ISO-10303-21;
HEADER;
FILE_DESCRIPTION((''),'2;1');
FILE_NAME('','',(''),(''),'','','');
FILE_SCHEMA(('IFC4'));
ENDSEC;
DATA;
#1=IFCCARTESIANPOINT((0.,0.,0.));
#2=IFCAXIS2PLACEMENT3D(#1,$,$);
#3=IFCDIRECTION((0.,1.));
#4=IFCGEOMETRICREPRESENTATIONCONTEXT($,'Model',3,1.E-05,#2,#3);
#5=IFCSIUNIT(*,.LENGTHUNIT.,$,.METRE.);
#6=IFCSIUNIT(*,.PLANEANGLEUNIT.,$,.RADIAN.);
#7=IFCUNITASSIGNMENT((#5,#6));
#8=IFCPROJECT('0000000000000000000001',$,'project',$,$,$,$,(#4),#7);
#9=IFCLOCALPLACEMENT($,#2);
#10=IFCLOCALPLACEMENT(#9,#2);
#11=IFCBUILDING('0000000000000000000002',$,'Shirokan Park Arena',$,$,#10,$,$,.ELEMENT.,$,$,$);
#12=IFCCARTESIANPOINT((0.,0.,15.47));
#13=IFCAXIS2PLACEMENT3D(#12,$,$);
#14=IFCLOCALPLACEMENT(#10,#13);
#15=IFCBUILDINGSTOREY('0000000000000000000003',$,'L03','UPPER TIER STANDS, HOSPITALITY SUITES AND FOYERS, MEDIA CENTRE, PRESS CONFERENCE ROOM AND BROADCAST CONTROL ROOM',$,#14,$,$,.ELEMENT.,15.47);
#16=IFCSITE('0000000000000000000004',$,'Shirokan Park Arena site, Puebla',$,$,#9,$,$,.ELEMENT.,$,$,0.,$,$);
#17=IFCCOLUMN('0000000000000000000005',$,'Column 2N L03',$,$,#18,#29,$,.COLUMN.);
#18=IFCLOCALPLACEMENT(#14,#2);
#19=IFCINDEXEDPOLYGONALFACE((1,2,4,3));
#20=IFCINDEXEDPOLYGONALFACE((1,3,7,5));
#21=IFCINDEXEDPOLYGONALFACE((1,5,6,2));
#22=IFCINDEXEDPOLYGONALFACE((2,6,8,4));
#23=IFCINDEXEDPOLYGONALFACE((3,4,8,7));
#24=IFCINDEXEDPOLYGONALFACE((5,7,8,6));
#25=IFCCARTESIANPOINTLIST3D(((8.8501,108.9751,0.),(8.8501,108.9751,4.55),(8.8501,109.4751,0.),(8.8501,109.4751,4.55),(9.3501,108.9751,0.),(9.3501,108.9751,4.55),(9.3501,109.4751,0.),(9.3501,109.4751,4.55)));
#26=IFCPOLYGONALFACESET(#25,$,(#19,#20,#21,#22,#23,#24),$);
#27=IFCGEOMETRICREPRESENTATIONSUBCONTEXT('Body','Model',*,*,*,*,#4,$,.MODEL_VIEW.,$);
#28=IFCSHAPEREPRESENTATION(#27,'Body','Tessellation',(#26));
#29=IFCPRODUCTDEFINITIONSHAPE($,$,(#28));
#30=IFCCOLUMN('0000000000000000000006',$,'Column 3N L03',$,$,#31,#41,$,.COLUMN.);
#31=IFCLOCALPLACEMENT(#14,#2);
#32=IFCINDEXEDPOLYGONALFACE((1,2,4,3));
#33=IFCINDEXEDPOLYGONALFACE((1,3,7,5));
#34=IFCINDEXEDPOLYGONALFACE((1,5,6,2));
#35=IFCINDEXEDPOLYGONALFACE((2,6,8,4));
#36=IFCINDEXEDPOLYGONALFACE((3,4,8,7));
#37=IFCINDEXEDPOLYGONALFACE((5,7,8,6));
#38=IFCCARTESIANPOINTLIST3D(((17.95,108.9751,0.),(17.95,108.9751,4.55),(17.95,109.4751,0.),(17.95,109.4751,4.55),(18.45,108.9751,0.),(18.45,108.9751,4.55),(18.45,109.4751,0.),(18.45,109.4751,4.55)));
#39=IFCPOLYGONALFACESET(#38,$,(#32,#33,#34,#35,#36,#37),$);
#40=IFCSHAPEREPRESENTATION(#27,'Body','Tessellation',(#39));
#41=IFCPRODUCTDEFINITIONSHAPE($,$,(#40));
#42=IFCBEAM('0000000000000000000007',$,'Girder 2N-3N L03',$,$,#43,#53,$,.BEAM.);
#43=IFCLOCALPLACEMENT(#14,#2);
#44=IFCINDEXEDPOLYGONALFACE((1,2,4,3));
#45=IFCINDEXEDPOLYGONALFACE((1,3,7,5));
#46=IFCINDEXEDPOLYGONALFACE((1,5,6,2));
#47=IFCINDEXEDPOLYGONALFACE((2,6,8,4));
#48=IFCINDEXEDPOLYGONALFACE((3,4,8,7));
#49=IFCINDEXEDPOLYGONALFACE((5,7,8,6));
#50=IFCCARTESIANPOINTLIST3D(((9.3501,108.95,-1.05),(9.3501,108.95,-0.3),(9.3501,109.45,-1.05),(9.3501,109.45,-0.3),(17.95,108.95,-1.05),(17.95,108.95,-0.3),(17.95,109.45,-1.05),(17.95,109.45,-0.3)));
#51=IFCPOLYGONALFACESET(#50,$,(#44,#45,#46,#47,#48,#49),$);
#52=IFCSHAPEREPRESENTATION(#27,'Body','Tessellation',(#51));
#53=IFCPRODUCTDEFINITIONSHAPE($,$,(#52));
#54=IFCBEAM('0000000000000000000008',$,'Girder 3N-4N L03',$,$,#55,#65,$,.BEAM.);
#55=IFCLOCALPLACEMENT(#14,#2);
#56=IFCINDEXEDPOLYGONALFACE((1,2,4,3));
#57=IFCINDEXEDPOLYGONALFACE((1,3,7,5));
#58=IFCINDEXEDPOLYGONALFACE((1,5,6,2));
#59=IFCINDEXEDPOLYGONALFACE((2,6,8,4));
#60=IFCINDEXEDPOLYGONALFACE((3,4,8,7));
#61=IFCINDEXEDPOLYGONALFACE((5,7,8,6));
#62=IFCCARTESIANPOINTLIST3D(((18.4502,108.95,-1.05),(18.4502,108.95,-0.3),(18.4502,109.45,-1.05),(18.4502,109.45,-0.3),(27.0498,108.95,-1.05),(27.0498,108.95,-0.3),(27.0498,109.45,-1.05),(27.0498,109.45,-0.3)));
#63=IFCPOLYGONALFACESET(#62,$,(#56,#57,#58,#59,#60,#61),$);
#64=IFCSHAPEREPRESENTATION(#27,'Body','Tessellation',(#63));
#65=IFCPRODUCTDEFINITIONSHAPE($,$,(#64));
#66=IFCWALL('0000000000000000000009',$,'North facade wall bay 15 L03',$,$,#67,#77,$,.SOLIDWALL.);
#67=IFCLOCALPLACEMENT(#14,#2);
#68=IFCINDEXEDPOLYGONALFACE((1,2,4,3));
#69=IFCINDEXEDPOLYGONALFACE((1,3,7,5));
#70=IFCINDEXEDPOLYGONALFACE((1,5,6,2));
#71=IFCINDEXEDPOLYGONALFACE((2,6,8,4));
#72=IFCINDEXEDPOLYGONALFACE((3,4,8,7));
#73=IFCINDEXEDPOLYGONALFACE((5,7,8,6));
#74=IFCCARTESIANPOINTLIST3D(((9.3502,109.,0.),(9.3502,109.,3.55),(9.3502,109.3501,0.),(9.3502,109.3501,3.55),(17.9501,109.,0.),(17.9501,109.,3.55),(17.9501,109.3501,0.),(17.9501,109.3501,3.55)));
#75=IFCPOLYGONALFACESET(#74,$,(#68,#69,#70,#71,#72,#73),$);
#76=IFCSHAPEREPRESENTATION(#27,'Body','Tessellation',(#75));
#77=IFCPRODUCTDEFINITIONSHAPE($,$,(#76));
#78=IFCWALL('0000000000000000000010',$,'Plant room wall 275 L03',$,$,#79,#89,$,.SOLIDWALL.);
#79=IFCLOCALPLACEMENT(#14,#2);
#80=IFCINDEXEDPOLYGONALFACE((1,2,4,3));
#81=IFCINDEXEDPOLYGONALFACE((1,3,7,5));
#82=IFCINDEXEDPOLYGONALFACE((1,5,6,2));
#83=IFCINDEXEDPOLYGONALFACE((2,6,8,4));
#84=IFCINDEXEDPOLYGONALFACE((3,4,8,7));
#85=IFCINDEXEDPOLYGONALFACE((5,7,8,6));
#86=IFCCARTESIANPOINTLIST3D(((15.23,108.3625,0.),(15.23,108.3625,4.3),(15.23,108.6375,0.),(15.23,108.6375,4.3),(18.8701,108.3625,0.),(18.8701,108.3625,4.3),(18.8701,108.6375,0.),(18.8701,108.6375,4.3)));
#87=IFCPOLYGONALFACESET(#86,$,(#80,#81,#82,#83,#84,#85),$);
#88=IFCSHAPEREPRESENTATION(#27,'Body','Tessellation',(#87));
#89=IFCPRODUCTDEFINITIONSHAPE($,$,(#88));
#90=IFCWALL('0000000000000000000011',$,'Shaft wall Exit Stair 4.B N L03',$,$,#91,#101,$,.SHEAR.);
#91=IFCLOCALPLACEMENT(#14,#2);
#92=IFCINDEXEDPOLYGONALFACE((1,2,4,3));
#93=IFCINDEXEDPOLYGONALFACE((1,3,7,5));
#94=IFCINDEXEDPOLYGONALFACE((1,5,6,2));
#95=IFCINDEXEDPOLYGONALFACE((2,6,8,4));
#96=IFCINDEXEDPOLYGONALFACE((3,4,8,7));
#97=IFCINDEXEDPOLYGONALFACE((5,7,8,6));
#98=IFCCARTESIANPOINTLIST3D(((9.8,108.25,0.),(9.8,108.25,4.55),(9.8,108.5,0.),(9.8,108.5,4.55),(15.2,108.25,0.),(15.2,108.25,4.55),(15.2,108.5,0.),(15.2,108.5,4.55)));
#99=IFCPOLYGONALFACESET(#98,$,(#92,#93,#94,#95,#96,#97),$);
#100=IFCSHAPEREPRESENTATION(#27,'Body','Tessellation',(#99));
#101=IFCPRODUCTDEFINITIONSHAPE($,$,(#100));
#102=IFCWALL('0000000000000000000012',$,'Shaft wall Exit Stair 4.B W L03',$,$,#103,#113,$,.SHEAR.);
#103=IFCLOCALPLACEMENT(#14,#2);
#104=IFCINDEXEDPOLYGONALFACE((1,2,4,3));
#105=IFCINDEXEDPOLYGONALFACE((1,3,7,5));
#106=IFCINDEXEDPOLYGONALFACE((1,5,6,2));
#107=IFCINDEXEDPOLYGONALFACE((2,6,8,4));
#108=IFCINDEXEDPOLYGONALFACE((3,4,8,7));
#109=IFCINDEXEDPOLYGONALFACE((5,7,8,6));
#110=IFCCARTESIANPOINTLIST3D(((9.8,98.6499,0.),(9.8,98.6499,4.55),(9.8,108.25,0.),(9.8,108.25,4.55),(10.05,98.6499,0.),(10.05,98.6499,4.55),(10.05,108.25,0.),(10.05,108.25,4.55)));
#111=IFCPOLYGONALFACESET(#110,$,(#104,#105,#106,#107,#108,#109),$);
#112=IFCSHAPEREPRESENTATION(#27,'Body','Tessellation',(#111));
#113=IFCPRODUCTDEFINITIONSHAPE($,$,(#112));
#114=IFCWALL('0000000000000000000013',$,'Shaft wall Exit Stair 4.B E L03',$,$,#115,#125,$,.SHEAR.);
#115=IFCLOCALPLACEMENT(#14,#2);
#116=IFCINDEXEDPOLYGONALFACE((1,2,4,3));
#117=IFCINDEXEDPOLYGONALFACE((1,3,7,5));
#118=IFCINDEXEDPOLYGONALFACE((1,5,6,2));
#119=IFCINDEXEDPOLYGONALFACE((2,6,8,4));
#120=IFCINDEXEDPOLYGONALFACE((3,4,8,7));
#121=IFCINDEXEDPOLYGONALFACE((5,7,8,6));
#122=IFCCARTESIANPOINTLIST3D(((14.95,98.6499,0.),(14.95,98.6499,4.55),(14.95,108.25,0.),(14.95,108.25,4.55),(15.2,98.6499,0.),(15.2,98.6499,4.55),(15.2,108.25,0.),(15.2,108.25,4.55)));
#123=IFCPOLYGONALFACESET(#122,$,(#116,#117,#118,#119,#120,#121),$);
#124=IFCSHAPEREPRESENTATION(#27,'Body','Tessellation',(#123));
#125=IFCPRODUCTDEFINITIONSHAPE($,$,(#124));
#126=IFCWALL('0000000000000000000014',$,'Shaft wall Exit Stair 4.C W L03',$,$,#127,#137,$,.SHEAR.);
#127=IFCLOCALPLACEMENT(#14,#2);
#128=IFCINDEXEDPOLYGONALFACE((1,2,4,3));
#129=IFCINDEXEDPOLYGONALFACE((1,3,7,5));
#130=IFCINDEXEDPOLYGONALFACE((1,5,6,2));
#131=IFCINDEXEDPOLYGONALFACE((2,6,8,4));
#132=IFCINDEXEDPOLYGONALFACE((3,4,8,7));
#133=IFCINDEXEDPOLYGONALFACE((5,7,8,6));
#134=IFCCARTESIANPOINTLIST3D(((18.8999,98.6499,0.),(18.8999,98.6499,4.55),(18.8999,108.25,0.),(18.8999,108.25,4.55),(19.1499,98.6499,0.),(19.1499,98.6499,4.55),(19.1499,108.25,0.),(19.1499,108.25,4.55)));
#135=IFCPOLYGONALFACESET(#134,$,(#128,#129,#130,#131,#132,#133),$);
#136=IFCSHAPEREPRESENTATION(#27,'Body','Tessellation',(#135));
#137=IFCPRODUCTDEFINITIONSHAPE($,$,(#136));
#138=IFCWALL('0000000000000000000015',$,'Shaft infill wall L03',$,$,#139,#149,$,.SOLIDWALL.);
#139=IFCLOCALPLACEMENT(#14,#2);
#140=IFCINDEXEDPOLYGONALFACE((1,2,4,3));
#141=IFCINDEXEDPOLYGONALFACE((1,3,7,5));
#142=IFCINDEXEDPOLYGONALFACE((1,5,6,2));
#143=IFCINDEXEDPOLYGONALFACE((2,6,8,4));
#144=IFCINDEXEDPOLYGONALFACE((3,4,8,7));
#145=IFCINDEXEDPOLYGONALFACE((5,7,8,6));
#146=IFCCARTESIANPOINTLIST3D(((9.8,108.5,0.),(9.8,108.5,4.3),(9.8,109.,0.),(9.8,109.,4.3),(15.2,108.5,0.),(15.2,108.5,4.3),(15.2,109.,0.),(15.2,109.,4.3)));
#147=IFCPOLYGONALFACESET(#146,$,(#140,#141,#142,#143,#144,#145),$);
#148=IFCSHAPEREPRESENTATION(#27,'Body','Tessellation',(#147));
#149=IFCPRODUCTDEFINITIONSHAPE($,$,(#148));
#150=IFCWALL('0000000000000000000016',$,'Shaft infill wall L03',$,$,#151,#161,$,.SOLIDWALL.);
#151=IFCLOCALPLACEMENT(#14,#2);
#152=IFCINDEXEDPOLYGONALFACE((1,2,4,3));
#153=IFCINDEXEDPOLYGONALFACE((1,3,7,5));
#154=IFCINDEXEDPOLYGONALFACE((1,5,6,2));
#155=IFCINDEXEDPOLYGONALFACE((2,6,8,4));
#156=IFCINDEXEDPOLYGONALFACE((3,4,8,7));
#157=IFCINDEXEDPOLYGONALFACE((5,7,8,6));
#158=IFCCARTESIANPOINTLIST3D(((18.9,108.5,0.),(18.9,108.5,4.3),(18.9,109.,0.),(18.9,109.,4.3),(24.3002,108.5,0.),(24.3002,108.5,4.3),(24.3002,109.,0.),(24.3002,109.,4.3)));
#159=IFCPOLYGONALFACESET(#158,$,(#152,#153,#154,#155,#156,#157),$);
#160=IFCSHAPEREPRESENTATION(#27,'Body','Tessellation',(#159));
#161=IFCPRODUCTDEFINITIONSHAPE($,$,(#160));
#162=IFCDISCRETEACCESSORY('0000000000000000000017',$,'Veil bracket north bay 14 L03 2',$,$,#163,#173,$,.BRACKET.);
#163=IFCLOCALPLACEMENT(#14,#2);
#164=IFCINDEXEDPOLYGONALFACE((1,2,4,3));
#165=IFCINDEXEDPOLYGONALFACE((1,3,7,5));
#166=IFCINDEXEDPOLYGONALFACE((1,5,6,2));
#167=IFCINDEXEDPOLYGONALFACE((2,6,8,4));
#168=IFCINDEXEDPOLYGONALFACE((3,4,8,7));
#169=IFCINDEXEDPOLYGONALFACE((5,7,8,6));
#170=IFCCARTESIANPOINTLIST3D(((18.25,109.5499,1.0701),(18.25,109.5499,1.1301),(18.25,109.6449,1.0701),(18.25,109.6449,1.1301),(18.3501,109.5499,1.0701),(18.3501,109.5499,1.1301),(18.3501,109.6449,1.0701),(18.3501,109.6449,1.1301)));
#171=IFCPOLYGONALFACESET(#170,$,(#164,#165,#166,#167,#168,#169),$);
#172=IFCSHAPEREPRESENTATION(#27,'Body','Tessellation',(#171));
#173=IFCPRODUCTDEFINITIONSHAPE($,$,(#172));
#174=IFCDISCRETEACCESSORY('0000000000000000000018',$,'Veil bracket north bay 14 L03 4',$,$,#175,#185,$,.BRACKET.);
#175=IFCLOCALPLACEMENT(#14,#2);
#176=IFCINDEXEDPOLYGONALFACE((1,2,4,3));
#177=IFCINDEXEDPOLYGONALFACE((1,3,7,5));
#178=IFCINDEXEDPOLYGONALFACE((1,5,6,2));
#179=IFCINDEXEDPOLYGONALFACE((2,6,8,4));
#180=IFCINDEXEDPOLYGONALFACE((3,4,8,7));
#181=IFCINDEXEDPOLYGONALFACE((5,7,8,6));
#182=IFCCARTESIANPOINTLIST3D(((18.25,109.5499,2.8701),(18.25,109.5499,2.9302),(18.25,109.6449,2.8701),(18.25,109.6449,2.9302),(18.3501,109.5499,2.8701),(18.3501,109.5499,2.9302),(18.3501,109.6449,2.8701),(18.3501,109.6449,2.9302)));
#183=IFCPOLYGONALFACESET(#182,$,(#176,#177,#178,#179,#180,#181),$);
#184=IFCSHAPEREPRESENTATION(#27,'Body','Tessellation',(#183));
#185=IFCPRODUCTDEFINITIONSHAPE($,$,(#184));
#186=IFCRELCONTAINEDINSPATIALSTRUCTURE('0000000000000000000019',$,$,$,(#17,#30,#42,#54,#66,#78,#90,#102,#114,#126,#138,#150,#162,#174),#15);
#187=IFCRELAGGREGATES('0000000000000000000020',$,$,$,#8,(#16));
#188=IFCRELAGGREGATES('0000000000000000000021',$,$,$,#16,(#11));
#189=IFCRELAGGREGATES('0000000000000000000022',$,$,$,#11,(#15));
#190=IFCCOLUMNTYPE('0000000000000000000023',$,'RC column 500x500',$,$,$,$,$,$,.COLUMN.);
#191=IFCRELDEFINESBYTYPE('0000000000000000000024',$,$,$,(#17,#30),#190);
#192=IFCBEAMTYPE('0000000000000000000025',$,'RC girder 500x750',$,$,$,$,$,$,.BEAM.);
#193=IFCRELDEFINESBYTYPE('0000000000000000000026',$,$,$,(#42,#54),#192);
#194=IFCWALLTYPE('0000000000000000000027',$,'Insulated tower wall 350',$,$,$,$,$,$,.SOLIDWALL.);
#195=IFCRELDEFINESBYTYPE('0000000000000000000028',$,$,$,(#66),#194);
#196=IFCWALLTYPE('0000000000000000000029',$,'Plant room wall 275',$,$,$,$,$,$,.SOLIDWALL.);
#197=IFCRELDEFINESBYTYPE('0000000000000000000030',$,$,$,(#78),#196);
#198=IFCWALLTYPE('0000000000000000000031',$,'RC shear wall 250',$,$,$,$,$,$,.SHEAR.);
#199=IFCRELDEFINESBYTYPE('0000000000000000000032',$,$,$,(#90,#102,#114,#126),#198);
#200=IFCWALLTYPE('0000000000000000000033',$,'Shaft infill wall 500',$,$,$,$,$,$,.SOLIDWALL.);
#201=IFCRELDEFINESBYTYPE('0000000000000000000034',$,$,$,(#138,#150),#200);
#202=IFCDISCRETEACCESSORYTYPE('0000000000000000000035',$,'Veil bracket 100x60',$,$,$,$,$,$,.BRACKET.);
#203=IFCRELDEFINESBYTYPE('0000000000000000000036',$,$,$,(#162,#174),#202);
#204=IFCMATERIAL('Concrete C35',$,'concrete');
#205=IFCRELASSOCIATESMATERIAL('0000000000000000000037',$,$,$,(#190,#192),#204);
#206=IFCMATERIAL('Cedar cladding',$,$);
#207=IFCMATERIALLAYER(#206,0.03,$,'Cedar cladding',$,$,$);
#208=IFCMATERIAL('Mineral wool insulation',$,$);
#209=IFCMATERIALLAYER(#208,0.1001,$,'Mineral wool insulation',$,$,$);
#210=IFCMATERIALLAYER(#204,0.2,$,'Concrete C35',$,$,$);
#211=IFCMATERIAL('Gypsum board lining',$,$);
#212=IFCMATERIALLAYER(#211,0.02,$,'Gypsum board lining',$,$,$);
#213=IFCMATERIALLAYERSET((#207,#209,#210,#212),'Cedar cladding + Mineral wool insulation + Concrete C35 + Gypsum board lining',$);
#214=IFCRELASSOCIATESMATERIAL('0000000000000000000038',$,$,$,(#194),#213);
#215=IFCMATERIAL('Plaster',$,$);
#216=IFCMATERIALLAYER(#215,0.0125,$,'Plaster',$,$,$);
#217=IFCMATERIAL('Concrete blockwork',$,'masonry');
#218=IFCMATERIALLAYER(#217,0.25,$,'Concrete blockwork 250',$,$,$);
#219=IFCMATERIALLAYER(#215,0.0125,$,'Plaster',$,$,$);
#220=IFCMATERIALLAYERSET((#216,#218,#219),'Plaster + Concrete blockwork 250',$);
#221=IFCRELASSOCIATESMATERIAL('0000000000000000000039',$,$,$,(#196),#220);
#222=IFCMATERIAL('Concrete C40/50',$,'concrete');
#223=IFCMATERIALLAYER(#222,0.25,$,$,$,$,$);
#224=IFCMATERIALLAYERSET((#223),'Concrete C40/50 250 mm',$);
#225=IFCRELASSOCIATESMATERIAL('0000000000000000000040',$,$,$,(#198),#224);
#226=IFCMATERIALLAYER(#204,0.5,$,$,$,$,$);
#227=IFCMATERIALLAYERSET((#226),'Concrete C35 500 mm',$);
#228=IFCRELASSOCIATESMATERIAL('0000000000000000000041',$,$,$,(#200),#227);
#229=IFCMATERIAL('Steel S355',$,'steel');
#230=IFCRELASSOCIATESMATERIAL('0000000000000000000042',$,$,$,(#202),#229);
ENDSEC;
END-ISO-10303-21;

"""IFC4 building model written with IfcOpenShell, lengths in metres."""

from ifc_helpers import new_model, si_unit, direction, frame, frame_2d, origin, origin_2d, place, context, subcontext, project, spatial, rectangle, extrude, material, layer, layer_set, material_profile, profile_set, type_object, element, save


model = new_model("IFC4")

# Units and contexts
model_context = context("Model", 3, precision=1e-05, world=origin(), true_north=direction((0.0, 1.0)))
body_context = subcontext(model_context, "Body", "Model", "MODEL_VIEW")
ifc_project = project(units=[si_unit("LENGTHUNIT", "METRE"), si_unit("PLANEANGLEUNIT", "RADIAN")], contexts=[model_context])

# Site, building, storey
site_placement = place(None, origin())
site = spatial("IfcSite", under=ifc_project, at=site_placement, Name="Shirokan Park Arena site, Puebla", CompositionType="ELEMENT", RefElevation=0.0)
building_placement = place(site_placement, origin())
building = spatial("IfcBuilding", under=site, at=building_placement, Name="Shirokan Park Arena", CompositionType="ELEMENT")
storey_placement = place(building_placement, frame((0.0, 0.0, 15.47)))
storey = spatial("IfcBuildingStorey", under=building, at=storey_placement, Name="L03", Description="UPPER TIER STANDS, HOSPITALITY SUITES AND FOYERS, MEDIA CENTRE, PRESS CONFERENCE ROOM AND BROADCAST CONTROL ROOM", CompositionType="ELEMENT", Elevation=15.47)

# Columns
ifc_material_1 = material(Name="Concrete C35", Category="concrete")
ifc_material_profile_1 = material_profile(ifc_material_1, rectangle(XDim=0.5, YDim=0.5, at=origin_2d()), Name="500x500")
ifc_profile_set_1 = profile_set([ifc_material_profile_1], Name="Concrete C35")
column_type = type_object("IfcColumnType", Name="RC column 500x500", PredefinedType="COLUMN", material=ifc_profile_set_1)
for number, where, z_axis, x_axis, name in (
    (1, (9.1001, 109.2251, 0.0), (0.0, 0.0, 1.0), (1.0, 0.0, 0.0), "Column 2N L03"),
    (2, (18.2, 109.2251, 0.0), (0.0, 0.0, 1.0), (1.0, 0.0, 0.0), "Column 3N L03"),
):
    element("IfcColumn", number, at=place(storey_placement, frame(where, z_axis=z_axis, x_axis=x_axis)), inside=storey, type_object=column_type, Name=name, PredefinedType="COLUMN", context=body_context, shape_type="SweptSolid", body=[
        extrude(rectangle(XDim=0.5, YDim=0.5, at=origin_2d()), origin(), (0.0, 0.0, 1.0), 4.55),
    ])

# Beams
ifc_material_profile_2 = material_profile(ifc_material_1, rectangle(XDim=0.5, YDim=0.75, at=origin_2d()), Name="500x750")
ifc_profile_set_2 = profile_set([ifc_material_profile_2], Name="Concrete C35")
beam_type = type_object("IfcBeamType", Name="RC girder 500x750", PredefinedType="BEAM", material=ifc_profile_set_2)
beam_1_placement = place(storey_placement, frame((9.3501, 109.2, -0.675), z_axis=(1.0, 0.0, 0.0), x_axis=(0.0, 1.0, 0.0)))
element("IfcBeam", 3, at=beam_1_placement, inside=storey, type_object=beam_type, Name="Girder 2N-3N L03", PredefinedType="BEAM", context=body_context, shape_type="SweptSolid", body=[
    extrude(rectangle(XDim=0.5, YDim=0.75, at=origin_2d()), origin(), (0.0, 0.0, 1.0), 8.5999),
])
beam_2_placement = place(storey_placement, frame((18.4502, 109.2, -0.675), z_axis=(1.0, 0.0, 0.0), x_axis=(0.0, 1.0, 0.0)))
element("IfcBeam", 4, at=beam_2_placement, inside=storey, type_object=beam_type, Name="Girder 3N-4N L03", PredefinedType="BEAM", context=body_context, shape_type="SweptSolid", body=[
    extrude(rectangle(XDim=0.5, YDim=0.75, at=origin_2d()), origin(), (0.0, 0.0, 1.0), 8.5996),
])

# Walls
ifc_material_2 = material(Name="Cedar cladding")
ifc_layer_1 = layer(ifc_material_2, 0.03, Name="Cedar cladding")
ifc_material_3 = material(Name="Mineral wool insulation")
ifc_layer_2 = layer(ifc_material_3, 0.1001, Name="Mineral wool insulation")
ifc_layer_3 = layer(ifc_material_1, 0.2, Name="Concrete C35")
ifc_material_4 = material(Name="Gypsum board lining")
ifc_layer_4 = layer(ifc_material_4, 0.02, Name="Gypsum board lining")
ifc_layer_set_1 = layer_set([ifc_layer_1, ifc_layer_2, ifc_layer_3, ifc_layer_4], Name="Cedar cladding + Mineral wool insulation + Concrete C35 + Gypsum board lining")
wall_type_1 = type_object("IfcWallType", Name="Insulated tower wall 350", PredefinedType="SOLIDWALL", material=ifc_layer_set_1)
wall_1_placement = place(storey_placement, frame((17.95, 109.175, 0.0), z_axis=(0.0, 0.0, 1.0), x_axis=(-1.0, 0.0, 0.0)))
element("IfcWall", 5, at=wall_1_placement, inside=storey, type_object=wall_type_1, Name="North facade wall bay 15 L03", PredefinedType="SOLIDWALL", context=body_context, shape_type="SweptSolid", body=[
    extrude(rectangle(XDim=8.5999, YDim=0.3501, at=frame_2d((4.2998, 0.0))), origin(), (0.0, 0.0, 1.0), 3.55),
])
ifc_material_5 = material(Name="Plaster")
ifc_layer_5 = layer(ifc_material_5, 0.0125, Name="Plaster")
ifc_material_6 = material(Name="Concrete blockwork", Category="masonry")
ifc_layer_6 = layer(ifc_material_6, 0.25, Name="Concrete blockwork 250")
ifc_layer_7 = layer(ifc_material_5, 0.0125, Name="Plaster")
ifc_layer_set_2 = layer_set([ifc_layer_5, ifc_layer_6, ifc_layer_7], Name="Plaster + Concrete blockwork 250")
wall_type_2 = type_object("IfcWallType", Name="Plant room wall 275", PredefinedType="SOLIDWALL", material=ifc_layer_set_2)
wall_2_placement = place(storey_placement, frame((15.23, 108.5, 0.0), z_axis=(0.0, 0.0, 1.0), x_axis=(1.0, 0.0, 0.0)))
element("IfcWall", 6, at=wall_2_placement, inside=storey, type_object=wall_type_2, Name="Plant room wall 275 L03", PredefinedType="SOLIDWALL", context=body_context, shape_type="SweptSolid", body=[
    extrude(rectangle(XDim=3.6401, YDim=0.2749, at=frame_2d((1.8201, 0.0))), origin(), (0.0, 0.0, 1.0), 4.3),
])
ifc_material_7 = material(Name="Concrete C40/50", Category="concrete")
ifc_layer_8 = layer(ifc_material_7, 0.25)
ifc_layer_set_3 = layer_set([ifc_layer_8], Name="Concrete C40/50 250 mm")
wall_type_3 = type_object("IfcWallType", Name="RC shear wall 250", PredefinedType="SHEAR", material=ifc_layer_set_3)
wall_3_placement = place(storey_placement, frame((15.2, 108.375, 0.0), z_axis=(0.0, 0.0, 1.0), x_axis=(-1.0, 0.0, 0.0)))
element("IfcWall", 7, at=wall_3_placement, inside=storey, type_object=wall_type_3, Name="Shaft wall Exit Stair 4.B N L03", PredefinedType="SHEAR", context=body_context, shape_type="SweptSolid", body=[
    extrude(rectangle(XDim=5.3999, YDim=0.25, at=frame_2d((2.7, 0.0))), origin(), (0.0, 0.0, 1.0), 4.55),
])
for number, where, z_axis, x_axis, name in (
    (8, (9.925, 108.25, 0.0), (0.0, 0.0, 1.0), (0.0, -1.0, 0.0), "Shaft wall Exit Stair 4.B W L03"),
    (9, (15.075, 108.25, 0.0), (0.0, 0.0, 1.0), (0.0, -1.0, 0.0), "Shaft wall Exit Stair 4.B E L03"),
    (10, (19.0249, 108.25, 0.0), (0.0, 0.0, 1.0), (0.0, -1.0, 0.0), "Shaft wall Exit Stair 4.C W L03"),
):
    element("IfcWall", number, at=place(storey_placement, frame(where, z_axis=z_axis, x_axis=x_axis)), inside=storey, type_object=wall_type_3, Name=name, PredefinedType="SHEAR", context=body_context, shape_type="SweptSolid", body=[
        extrude(rectangle(XDim=9.6001, YDim=0.25, at=frame_2d((4.8, 0.0))), origin(), (0.0, 0.0, 1.0), 4.55),
    ])
ifc_layer_9 = layer(ifc_material_1, 0.5)
ifc_layer_set_4 = layer_set([ifc_layer_9], Name="Concrete C35 500 mm")
wall_type_4 = type_object("IfcWallType", Name="Shaft infill wall 500", PredefinedType="SOLIDWALL", material=ifc_layer_set_4)
wall_4_placement = place(storey_placement, frame((9.8, 108.75, 0.0), z_axis=(0.0, 0.0, 1.0), x_axis=(1.0, 0.0, 0.0)))
element("IfcWall", 11, at=wall_4_placement, inside=storey, type_object=wall_type_4, Name="Shaft infill wall L03", PredefinedType="SOLIDWALL", context=body_context, shape_type="SweptSolid", body=[
    extrude(rectangle(XDim=5.3999, YDim=0.5, at=frame_2d((2.7, 0.0))), origin(), (0.0, 0.0, 1.0), 4.3),
])
wall_5_placement = place(storey_placement, frame((18.8999, 108.75, 0.0), z_axis=(0.0, 0.0, 1.0), x_axis=(1.0, 0.0, 0.0)))
element("IfcWall", 12, at=wall_5_placement, inside=storey, type_object=wall_type_4, Name="Shaft infill wall L03", PredefinedType="SOLIDWALL", context=body_context, shape_type="SweptSolid", body=[
    extrude(rectangle(XDim=5.4001, YDim=0.5, at=frame_2d((2.7002, 0.0))), origin(), (0.0, 0.0, 1.0), 4.3),
])

# Discrete accessories
ifc_material_8 = material(Name="Steel S355", Category="steel")
discrete_accessory_type = type_object("IfcDiscreteAccessoryType", Name="Veil bracket 100x60", PredefinedType="BRACKET", material=ifc_material_8)
for number, where, z_axis, x_axis, name in (
    (13, (18.3, 109.5974, 1.0701), (0.0, 0.0, 1.0), (-1.0, 0.0, 0.0), "Veil bracket north bay 14 L03 2"),
    (14, (18.3, 109.5974, 2.8701), (0.0, 0.0, 1.0), (-1.0, 0.0, 0.0), "Veil bracket north bay 14 L03 4"),
):
    element("IfcDiscreteAccessory", number, at=place(storey_placement, frame(where, z_axis=z_axis, x_axis=x_axis)), inside=storey, type_object=discrete_accessory_type, Name=name, PredefinedType="BRACKET", context=body_context, shape_type="SweptSolid", body=[
        extrude(rectangle(XDim=0.1001, YDim=0.095, at=origin_2d()), origin(), (0.0, 0.0, 1.0), 0.0601),
    ])

save(model, "model.ifc")
